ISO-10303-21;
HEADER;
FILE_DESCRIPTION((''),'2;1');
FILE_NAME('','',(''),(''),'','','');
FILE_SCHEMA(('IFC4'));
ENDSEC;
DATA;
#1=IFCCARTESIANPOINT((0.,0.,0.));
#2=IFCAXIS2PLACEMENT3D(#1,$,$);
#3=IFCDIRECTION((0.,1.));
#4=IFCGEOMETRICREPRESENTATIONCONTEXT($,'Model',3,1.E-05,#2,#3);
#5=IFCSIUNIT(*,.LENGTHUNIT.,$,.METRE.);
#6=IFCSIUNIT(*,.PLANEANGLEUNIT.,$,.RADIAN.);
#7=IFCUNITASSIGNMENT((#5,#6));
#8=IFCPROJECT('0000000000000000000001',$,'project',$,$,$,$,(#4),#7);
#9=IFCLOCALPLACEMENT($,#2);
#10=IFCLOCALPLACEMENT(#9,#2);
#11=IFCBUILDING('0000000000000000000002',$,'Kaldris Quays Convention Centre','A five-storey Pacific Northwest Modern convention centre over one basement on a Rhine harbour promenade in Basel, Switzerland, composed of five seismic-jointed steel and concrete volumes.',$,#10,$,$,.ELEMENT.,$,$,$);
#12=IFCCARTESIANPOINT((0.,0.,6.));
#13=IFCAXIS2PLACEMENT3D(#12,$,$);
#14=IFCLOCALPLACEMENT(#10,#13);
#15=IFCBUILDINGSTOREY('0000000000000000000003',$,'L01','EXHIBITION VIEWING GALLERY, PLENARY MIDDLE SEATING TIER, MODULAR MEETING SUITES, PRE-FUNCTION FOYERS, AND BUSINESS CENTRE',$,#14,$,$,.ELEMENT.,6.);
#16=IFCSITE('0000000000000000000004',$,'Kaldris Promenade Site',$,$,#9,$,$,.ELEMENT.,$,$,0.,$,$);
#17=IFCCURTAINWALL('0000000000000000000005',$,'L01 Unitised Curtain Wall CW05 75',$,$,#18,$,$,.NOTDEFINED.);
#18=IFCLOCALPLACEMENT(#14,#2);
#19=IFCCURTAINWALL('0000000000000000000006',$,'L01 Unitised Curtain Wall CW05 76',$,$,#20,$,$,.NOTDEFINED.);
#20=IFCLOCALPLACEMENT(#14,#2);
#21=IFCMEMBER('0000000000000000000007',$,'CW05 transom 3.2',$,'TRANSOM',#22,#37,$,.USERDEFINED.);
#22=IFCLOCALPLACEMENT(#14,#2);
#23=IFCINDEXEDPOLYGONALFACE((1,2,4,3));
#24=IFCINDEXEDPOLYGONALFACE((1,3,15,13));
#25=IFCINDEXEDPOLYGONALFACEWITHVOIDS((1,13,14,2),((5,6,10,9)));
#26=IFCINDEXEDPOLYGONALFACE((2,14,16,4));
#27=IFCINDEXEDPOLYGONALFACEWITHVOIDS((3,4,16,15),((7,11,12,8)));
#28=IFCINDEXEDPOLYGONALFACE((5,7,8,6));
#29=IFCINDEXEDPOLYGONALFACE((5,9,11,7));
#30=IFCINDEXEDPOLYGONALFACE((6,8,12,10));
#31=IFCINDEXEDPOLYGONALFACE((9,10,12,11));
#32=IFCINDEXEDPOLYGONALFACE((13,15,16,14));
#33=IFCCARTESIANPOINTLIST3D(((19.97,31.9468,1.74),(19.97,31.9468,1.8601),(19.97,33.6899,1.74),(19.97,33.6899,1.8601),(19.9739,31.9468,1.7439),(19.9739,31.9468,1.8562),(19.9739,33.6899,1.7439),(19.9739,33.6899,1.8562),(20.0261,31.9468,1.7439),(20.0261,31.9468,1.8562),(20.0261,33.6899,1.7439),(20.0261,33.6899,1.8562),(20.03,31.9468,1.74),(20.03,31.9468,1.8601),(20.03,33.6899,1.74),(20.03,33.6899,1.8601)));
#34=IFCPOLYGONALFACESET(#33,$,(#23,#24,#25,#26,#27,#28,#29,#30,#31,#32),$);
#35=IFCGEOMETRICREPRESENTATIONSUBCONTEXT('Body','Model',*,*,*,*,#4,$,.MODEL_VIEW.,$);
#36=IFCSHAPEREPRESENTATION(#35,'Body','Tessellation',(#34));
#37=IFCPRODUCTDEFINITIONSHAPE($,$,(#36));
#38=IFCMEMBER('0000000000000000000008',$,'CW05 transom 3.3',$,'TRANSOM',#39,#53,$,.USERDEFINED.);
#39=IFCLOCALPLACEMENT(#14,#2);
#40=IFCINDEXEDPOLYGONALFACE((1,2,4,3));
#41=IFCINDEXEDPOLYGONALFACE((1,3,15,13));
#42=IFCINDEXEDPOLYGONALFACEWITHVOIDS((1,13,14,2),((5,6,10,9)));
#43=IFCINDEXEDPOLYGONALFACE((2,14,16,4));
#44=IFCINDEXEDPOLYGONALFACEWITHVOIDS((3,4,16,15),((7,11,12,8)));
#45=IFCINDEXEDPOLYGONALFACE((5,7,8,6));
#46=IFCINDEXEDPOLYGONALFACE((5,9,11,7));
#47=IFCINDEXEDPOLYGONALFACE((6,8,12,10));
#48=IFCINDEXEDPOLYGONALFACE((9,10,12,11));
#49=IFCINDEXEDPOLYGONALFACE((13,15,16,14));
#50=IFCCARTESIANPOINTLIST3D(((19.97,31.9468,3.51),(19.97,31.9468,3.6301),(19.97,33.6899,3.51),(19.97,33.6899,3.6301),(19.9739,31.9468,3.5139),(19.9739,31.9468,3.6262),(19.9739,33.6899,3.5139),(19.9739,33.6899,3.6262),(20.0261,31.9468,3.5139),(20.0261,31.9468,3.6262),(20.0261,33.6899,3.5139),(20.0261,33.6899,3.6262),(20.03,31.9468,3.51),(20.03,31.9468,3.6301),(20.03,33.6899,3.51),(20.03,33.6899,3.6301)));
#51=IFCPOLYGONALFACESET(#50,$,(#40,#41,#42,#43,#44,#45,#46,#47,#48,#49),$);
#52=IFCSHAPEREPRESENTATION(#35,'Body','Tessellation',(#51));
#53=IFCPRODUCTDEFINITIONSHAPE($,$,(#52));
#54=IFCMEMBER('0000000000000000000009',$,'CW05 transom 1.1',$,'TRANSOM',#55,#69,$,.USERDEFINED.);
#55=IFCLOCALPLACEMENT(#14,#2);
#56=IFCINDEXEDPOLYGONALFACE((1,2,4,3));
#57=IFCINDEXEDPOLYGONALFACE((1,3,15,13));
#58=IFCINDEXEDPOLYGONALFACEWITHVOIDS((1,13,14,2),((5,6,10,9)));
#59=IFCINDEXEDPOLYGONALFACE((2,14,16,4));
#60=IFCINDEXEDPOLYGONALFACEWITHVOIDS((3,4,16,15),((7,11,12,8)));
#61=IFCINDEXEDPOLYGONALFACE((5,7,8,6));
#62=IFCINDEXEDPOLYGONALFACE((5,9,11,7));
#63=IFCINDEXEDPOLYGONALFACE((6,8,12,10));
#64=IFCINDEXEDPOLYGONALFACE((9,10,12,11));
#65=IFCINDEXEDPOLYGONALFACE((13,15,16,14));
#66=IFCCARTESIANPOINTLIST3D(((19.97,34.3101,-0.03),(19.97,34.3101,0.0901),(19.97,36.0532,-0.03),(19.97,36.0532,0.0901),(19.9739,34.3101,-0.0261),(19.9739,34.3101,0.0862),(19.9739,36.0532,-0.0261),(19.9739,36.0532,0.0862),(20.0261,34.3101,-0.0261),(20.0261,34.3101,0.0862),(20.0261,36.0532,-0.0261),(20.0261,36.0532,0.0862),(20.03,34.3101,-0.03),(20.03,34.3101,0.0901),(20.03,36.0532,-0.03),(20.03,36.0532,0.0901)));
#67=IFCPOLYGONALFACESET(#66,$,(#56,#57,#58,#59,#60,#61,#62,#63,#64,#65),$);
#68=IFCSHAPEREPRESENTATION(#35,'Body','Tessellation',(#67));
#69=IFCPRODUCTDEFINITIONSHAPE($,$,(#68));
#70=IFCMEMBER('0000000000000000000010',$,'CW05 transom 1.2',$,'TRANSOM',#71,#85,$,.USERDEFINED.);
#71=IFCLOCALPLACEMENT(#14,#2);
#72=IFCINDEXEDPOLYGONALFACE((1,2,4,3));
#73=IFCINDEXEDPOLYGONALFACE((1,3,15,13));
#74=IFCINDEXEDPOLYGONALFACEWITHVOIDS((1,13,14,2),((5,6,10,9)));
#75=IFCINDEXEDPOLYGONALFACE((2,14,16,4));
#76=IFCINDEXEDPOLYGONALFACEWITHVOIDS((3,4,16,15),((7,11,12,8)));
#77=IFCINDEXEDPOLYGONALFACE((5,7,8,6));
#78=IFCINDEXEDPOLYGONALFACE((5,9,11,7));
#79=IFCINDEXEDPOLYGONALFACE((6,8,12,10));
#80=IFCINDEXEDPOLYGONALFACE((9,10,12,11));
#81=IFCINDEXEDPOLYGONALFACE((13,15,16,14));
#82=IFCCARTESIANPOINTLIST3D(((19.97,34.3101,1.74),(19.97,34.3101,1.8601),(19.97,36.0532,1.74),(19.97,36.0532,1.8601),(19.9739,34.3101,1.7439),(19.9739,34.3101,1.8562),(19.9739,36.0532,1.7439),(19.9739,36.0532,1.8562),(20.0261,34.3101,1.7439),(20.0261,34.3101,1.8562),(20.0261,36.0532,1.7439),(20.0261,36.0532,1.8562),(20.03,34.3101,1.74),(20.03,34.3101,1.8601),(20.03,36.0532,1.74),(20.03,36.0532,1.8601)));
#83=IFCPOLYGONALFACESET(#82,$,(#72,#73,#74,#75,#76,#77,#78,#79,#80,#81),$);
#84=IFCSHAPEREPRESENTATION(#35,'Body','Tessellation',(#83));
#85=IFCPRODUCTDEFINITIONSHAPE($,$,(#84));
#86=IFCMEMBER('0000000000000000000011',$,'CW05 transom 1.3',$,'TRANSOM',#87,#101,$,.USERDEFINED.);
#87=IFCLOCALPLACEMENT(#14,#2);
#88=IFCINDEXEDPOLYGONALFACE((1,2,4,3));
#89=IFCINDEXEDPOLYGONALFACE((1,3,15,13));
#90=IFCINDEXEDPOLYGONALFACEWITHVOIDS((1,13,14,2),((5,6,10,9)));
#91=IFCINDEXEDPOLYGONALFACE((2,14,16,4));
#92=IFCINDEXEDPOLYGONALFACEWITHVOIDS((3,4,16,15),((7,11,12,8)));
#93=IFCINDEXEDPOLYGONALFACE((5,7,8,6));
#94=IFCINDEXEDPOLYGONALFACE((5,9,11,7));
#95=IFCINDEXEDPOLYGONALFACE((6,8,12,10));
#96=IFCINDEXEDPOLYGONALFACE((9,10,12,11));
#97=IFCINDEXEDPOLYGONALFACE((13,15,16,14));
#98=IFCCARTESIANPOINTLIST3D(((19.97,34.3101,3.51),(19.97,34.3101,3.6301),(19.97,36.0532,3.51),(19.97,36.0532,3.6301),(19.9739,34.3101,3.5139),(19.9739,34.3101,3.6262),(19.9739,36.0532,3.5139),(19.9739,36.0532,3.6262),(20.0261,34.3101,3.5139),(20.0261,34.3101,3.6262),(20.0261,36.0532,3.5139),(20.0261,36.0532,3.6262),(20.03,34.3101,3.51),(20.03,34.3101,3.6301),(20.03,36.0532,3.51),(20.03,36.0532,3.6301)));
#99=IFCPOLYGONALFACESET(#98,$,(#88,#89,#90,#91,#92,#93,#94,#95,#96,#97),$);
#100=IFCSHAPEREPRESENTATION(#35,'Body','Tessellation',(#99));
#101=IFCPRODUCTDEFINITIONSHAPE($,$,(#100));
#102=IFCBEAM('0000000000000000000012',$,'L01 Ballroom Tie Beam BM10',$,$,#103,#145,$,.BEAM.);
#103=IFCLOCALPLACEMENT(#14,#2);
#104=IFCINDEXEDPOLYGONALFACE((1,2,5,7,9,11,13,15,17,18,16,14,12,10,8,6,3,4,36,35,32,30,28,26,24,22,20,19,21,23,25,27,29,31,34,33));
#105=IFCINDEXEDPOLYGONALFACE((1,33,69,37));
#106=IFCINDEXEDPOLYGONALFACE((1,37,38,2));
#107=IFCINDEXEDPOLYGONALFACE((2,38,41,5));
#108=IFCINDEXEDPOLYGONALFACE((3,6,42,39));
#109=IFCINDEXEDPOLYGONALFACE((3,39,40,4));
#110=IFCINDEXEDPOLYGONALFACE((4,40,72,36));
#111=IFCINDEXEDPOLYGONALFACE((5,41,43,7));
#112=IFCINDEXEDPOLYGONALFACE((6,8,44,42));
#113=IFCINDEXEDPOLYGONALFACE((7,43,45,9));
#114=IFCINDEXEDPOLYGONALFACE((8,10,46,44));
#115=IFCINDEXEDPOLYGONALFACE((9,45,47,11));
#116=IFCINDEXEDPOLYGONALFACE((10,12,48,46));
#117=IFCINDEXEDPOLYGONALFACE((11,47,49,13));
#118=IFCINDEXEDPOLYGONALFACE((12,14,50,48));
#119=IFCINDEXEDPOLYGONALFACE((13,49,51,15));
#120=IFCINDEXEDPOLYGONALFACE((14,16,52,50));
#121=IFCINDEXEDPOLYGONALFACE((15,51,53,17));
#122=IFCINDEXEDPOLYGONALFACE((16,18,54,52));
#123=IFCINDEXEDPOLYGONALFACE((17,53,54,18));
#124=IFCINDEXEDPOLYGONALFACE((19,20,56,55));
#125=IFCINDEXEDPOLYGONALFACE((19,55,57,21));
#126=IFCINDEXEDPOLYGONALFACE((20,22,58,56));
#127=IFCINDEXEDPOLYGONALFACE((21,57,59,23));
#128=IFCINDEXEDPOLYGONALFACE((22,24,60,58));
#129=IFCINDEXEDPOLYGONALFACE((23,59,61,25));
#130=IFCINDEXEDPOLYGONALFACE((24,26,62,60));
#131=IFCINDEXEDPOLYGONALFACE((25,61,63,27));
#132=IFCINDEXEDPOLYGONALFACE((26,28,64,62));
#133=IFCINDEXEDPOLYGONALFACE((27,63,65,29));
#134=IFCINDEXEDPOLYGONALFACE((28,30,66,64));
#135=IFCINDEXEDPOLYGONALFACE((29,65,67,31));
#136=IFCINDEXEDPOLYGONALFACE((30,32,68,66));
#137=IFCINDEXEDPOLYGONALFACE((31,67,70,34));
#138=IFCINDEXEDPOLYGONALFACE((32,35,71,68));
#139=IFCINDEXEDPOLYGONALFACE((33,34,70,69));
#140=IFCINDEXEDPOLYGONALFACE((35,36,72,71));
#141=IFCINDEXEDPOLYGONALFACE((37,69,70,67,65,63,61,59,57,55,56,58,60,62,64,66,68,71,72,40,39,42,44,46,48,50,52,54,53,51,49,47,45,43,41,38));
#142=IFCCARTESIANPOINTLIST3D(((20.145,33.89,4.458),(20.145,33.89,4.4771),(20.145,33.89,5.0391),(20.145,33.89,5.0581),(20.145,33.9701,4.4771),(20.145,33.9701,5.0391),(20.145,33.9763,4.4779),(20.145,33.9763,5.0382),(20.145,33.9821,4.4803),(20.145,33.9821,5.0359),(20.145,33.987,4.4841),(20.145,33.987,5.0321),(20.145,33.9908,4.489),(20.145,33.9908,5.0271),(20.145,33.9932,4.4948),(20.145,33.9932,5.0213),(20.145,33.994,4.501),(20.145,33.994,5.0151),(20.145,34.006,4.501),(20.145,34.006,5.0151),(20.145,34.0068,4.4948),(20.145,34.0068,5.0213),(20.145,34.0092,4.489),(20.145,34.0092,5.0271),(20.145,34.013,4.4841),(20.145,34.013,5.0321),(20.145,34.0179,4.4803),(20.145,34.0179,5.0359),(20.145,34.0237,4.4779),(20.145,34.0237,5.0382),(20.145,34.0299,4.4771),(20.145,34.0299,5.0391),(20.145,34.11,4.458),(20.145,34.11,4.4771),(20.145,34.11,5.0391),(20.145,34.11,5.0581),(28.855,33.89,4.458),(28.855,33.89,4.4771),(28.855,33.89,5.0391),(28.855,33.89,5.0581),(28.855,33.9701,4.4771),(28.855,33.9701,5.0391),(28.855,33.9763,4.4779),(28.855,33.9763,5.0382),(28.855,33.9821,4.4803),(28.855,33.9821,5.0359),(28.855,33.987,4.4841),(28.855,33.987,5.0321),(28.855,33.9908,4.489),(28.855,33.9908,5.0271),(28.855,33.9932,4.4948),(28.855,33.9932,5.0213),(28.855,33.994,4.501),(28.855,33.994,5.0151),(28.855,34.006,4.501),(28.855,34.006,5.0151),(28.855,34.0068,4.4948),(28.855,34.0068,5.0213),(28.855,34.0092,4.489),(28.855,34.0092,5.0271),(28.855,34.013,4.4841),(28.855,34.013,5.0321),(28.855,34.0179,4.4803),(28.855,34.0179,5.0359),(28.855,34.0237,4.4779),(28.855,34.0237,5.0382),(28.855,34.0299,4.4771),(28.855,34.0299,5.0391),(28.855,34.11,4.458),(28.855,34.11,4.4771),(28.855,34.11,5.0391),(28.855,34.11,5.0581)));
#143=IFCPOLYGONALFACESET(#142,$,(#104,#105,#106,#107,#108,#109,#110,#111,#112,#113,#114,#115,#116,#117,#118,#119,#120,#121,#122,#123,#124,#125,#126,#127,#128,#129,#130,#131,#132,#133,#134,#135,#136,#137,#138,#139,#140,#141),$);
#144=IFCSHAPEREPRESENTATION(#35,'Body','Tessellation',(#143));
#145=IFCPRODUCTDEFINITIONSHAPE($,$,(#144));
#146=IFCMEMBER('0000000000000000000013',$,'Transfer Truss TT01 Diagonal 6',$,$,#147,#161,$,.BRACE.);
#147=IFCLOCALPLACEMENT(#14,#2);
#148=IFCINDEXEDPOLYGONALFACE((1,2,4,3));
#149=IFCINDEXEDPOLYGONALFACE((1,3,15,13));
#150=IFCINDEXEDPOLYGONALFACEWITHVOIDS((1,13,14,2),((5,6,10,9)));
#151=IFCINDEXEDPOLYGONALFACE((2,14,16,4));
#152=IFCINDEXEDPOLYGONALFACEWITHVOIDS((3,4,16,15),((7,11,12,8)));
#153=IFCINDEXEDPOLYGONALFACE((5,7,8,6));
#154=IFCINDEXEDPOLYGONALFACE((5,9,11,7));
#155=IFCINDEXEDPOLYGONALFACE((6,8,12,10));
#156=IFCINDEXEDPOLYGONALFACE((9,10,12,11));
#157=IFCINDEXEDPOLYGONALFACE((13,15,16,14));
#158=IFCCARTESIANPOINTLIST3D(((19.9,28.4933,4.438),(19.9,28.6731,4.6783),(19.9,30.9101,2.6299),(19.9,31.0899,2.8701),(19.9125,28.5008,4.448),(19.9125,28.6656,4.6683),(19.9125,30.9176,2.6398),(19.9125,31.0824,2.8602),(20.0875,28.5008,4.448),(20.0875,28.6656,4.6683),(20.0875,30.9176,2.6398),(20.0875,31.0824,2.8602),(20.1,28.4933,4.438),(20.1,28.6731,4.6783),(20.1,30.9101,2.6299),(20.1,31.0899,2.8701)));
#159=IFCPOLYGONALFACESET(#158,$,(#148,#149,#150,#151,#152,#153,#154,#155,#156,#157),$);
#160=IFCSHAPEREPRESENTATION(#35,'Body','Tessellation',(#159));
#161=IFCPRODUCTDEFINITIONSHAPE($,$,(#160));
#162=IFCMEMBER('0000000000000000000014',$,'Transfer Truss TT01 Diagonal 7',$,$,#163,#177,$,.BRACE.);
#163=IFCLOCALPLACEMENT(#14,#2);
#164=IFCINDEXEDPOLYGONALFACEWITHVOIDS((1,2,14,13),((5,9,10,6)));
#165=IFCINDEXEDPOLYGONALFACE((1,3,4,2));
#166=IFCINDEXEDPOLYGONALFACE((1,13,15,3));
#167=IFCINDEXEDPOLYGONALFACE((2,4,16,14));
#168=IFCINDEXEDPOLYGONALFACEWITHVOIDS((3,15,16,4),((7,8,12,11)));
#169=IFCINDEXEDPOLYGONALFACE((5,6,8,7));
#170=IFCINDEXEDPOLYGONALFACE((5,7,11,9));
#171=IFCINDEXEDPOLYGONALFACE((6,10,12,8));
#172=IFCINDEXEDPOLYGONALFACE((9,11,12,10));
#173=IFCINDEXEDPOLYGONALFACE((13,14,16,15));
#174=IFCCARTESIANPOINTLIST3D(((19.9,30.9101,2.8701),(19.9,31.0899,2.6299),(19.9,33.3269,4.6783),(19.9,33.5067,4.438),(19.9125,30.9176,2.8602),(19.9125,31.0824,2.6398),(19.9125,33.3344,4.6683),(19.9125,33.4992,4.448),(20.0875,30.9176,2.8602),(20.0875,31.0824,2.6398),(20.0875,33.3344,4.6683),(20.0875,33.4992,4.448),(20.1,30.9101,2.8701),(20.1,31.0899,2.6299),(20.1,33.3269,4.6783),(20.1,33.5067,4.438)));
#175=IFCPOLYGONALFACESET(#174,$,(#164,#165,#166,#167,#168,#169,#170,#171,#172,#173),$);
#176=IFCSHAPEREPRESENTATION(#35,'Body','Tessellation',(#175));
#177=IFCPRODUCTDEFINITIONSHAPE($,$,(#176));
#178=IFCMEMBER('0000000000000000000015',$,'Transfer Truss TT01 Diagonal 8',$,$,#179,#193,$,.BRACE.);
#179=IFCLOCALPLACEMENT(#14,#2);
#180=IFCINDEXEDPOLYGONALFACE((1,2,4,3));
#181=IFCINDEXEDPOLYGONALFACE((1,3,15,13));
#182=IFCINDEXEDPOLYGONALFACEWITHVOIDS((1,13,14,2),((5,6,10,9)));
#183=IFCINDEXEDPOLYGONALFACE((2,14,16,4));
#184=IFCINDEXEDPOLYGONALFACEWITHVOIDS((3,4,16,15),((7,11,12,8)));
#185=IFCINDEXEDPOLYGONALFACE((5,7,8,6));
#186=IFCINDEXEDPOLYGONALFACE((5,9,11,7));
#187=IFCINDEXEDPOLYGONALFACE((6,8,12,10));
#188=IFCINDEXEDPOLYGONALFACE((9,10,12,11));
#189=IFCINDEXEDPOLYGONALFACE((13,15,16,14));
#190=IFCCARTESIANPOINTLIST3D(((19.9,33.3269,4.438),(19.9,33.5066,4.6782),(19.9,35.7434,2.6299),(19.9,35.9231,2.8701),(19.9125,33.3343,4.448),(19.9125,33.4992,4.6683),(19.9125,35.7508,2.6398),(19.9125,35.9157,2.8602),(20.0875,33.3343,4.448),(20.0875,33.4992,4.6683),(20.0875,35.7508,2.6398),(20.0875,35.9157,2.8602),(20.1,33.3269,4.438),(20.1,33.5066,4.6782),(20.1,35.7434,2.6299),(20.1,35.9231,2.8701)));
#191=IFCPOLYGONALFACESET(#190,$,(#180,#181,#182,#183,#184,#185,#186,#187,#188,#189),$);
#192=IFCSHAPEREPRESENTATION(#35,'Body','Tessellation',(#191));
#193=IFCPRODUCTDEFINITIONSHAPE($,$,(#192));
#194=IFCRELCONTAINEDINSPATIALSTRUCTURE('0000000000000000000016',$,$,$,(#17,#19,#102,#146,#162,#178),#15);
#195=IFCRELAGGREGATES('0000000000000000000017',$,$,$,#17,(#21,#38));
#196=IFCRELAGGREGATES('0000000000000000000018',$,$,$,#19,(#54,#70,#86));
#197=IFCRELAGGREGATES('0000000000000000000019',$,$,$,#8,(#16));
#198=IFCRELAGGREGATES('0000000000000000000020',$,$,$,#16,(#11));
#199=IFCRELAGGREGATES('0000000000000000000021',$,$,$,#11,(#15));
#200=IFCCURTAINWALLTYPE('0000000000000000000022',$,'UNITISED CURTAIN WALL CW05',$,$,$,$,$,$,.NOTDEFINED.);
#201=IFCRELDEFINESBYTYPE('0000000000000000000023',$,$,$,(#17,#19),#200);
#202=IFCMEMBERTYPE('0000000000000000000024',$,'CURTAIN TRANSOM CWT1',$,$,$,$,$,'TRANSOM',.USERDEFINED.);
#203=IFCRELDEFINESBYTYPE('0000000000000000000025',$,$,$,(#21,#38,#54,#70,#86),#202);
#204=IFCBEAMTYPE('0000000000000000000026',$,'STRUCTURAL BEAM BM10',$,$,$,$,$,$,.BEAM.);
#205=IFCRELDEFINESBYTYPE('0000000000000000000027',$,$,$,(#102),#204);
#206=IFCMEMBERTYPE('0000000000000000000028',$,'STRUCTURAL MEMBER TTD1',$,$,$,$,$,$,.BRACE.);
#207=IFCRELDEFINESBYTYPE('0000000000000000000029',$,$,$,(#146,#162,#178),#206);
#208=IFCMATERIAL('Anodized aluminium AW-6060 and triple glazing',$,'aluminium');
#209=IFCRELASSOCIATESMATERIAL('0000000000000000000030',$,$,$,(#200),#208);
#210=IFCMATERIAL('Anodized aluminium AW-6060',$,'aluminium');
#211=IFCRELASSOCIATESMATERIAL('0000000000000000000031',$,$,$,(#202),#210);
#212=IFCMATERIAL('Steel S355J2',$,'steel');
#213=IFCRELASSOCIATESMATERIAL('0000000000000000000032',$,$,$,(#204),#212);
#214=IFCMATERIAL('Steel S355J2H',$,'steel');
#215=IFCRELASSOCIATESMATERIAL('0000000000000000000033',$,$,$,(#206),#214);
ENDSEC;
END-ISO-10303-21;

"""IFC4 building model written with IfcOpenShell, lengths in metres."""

from ifc_helpers import new_model, si_unit, direction, frame, origin, origin_2d, place, context, subcontext, project, spatial, hollow_rectangle, i_section, extrude, material, material_profile, profile_set, type_object, element, aggregate, save


model = new_model("IFC4")

# Units and contexts
model_context = context("Model", 3, precision=1e-05, world=origin(), true_north=direction((0.0, 1.0)))
body_context = subcontext(model_context, "Body", "Model", "MODEL_VIEW")
ifc_project = project(units=[si_unit("LENGTHUNIT", "METRE"), si_unit("PLANEANGLEUNIT", "RADIAN")], contexts=[model_context])

# Site, building, storey
site_placement = place(None, origin())
site = spatial("IfcSite", under=ifc_project, at=site_placement, Name="Kaldris Promenade Site", CompositionType="ELEMENT", RefElevation=0.0)
building_placement = place(site_placement, origin())
building = spatial("IfcBuilding", under=site, at=building_placement, Name="Kaldris Quays Convention Centre", Description="A five-storey Pacific Northwest Modern convention centre over one basement on a Rhine harbour promenade in Basel, Switzerland, composed of five seismic-jointed steel and concrete volumes.", CompositionType="ELEMENT")
storey_placement = place(building_placement, frame((0.0, 0.0, 6.0)))
storey = spatial("IfcBuildingStorey", under=building, at=storey_placement, Name="L01", Description="EXHIBITION VIEWING GALLERY, PLENARY MIDDLE SEATING TIER, MODULAR MEETING SUITES, PRE-FUNCTION FOYERS, AND BUSINESS CENTRE", CompositionType="ELEMENT", Elevation=6.0)

# Curtain wall
ifc_material_1 = material(Name="Anodized aluminium AW-6060 and triple glazing", Category="aluminium")
curtain_wall_type = type_object("IfcCurtainWallType", Name="UNITISED CURTAIN WALL CW05", PredefinedType="NOTDEFINED", material=ifc_material_1)
curtain_wall_1_placement = place(storey_placement, origin())
curtain_wall_1 = element("IfcCurtainWall", 1, at=curtain_wall_1_placement, inside=storey, type_object=curtain_wall_type, Name="L01 Unitised Curtain Wall CW05 75", PredefinedType="NOTDEFINED")
ifc_material_2 = material(Name="Anodized aluminium AW-6060", Category="aluminium")

# Curtain wall
curtain_wall_2_placement = place(storey_placement, origin())
curtain_wall_2 = element("IfcCurtainWall", 2, at=curtain_wall_2_placement, inside=storey, type_object=curtain_wall_type, Name="L01 Unitised Curtain Wall CW05 76", PredefinedType="NOTDEFINED")

# Members
ifc_material_profile_1 = material_profile(ifc_material_2, hollow_rectangle(XDim=0.0601, YDim=0.1201, WallThickness=0.0039, at=origin_2d()), Name="RHS 120x60x4")
ifc_profile_set_1 = profile_set([ifc_material_profile_1], Name="Anodized aluminium AW-6060")
member_type_1 = type_object("IfcMemberType", Name="CURTAIN TRANSOM CWT1", ElementType="TRANSOM", PredefinedType="USERDEFINED", material=ifc_profile_set_1)
member_1_placement = place(storey_placement, frame((20.0, 31.9468, 1.8), z_axis=(0.0, 1.0, 0.0), x_axis=(-1.0, 0.0, 0.0)))
member_1 = element("IfcMember", 3, at=member_1_placement, type_object=member_type_1, Name="CW05 transom 3.2", ObjectType="TRANSOM", PredefinedType="USERDEFINED", context=body_context, shape_type="SweptSolid", body=[
    extrude(hollow_rectangle(XDim=0.0601, YDim=0.1201, WallThickness=0.0039, at=origin_2d()), origin(), (0.0, 0.0, 1.0), 1.7432),
])
member_2_placement = place(storey_placement, frame((20.0, 31.9468, 3.5701), z_axis=(0.0, 1.0, 0.0), x_axis=(-1.0, 0.0, 0.0)))
member_2 = element("IfcMember", 4, at=member_2_placement, type_object=member_type_1, Name="CW05 transom 3.3", ObjectType="TRANSOM", PredefinedType="USERDEFINED", context=body_context, shape_type="SweptSolid", body=[
    extrude(hollow_rectangle(XDim=0.0601, YDim=0.1201, WallThickness=0.0039, at=origin_2d()), origin(), (0.0, 0.0, 1.0), 1.7432),
])
member_3_placement = place(storey_placement, frame((20.0, 34.3101, 0.03), z_axis=(0.0, 1.0, 0.0), x_axis=(-1.0, 0.0, 0.0)))
member_3 = element("IfcMember", 5, at=member_3_placement, type_object=member_type_1, Name="CW05 transom 1.1", ObjectType="TRANSOM", PredefinedType="USERDEFINED", context=body_context, shape_type="SweptSolid", body=[
    extrude(hollow_rectangle(XDim=0.0601, YDim=0.1201, WallThickness=0.0039, at=origin_2d()), origin(), (0.0, 0.0, 1.0), 1.7432),
])
member_4_placement = place(storey_placement, frame((20.0, 34.3101, 1.8), z_axis=(0.0, 1.0, 0.0), x_axis=(-1.0, 0.0, 0.0)))
member_4 = element("IfcMember", 6, at=member_4_placement, type_object=member_type_1, Name="CW05 transom 1.2", ObjectType="TRANSOM", PredefinedType="USERDEFINED", context=body_context, shape_type="SweptSolid", body=[
    extrude(hollow_rectangle(XDim=0.0601, YDim=0.1201, WallThickness=0.0039, at=origin_2d()), origin(), (0.0, 0.0, 1.0), 1.7432),
])
member_5_placement = place(storey_placement, frame((20.0, 34.3101, 3.5701), z_axis=(0.0, 1.0, 0.0), x_axis=(-1.0, 0.0, 0.0)))
member_5 = element("IfcMember", 7, at=member_5_placement, type_object=member_type_1, Name="CW05 transom 1.3", ObjectType="TRANSOM", PredefinedType="USERDEFINED", context=body_context, shape_type="SweptSolid", body=[
    extrude(hollow_rectangle(XDim=0.0601, YDim=0.1201, WallThickness=0.0039, at=origin_2d()), origin(), (0.0, 0.0, 1.0), 1.7432),
])

# Beam
ifc_material_3 = material(Name="Steel S355J2", Category="steel")
ifc_material_profile_2 = material_profile(ifc_material_3, i_section(OverallWidth=0.22, OverallDepth=0.6001, WebThickness=0.012, FlangeThickness=0.019, FilletRadius=0.0239, at=origin_2d()), Name="IPE 600")
ifc_profile_set_2 = profile_set([ifc_material_profile_2], Name="Steel S355J2")
beam_type = type_object("IfcBeamType", Name="STRUCTURAL BEAM BM10", PredefinedType="BEAM", material=ifc_profile_set_2)
beam_placement = place(storey_placement, frame((20.145, 34.0, 4.7581), z_axis=(1.0, 0.0, 0.0), x_axis=(0.0, 1.0, 0.0)))
element("IfcBeam", 8, at=beam_placement, inside=storey, type_object=beam_type, Name="L01 Ballroom Tie Beam BM10", PredefinedType="BEAM", context=body_context, shape_type="SweptSolid", body=[
    extrude(i_section(OverallWidth=0.22, OverallDepth=0.6001, WebThickness=0.012, FlangeThickness=0.019, FilletRadius=0.0239, at=origin_2d()), origin(), (0.0, 0.0, 1.0), 8.71),
])

# Members
ifc_material_4 = material(Name="Steel S355J2H", Category="steel")
ifc_material_profile_3 = material_profile(ifc_material_4, hollow_rectangle(XDim=0.2, YDim=0.3, WallThickness=0.0125, at=origin_2d()), Name="RHS 300x200x12.5")
ifc_profile_set_3 = profile_set([ifc_material_profile_3], Name="Steel S355J2H")
member_type_2 = type_object("IfcMemberType", Name="STRUCTURAL MEMBER TTD1", PredefinedType="BRACE", material=ifc_profile_set_3)
for number, where, z_axis, x_axis, name in (
    (9, (20.0, 31.0, 2.75), (0.0, -0.800708, 0.599055), (1.0, 0.0, 0.0), "Transfer Truss TT01 Diagonal 6"),
    (10, (20.0, 31.0, 2.75), (0.0, 0.800708, 0.599055), (-1.0, 0.0, 0.0), "Transfer Truss TT01 Diagonal 7"),
):
    element("IfcMember", number, at=place(storey_placement, frame(where, z_axis=z_axis, x_axis=x_axis)), inside=storey, type_object=member_type_2, Name=name, PredefinedType="BRACE", context=body_context, shape_type="SweptSolid", body=[
        extrude(hollow_rectangle(XDim=0.2, YDim=0.3, WallThickness=0.0125, at=origin_2d()), origin(), (0.0, 0.0, 1.0), 3.0183),
    ])
member_6_placement = place(storey_placement, frame((20.0, 35.8333, 2.75), z_axis=(0.0, -0.800679, 0.599094), x_axis=(1.0, 0.0, 0.0)))
element("IfcMember", 11, at=member_6_placement, inside=storey, type_object=member_type_2, Name="Transfer Truss TT01 Diagonal 8", PredefinedType="BRACE", context=body_context, shape_type="SweptSolid", body=[
    extrude(hollow_rectangle(XDim=0.2, YDim=0.3, WallThickness=0.0125, at=origin_2d()), origin(), (0.0, 0.0, 1.0), 3.0181),
])

aggregate(curtain_wall_1, [member_1, member_2])
aggregate(curtain_wall_2, [member_3, member_4, member_5])

save(model, "model.ifc")
